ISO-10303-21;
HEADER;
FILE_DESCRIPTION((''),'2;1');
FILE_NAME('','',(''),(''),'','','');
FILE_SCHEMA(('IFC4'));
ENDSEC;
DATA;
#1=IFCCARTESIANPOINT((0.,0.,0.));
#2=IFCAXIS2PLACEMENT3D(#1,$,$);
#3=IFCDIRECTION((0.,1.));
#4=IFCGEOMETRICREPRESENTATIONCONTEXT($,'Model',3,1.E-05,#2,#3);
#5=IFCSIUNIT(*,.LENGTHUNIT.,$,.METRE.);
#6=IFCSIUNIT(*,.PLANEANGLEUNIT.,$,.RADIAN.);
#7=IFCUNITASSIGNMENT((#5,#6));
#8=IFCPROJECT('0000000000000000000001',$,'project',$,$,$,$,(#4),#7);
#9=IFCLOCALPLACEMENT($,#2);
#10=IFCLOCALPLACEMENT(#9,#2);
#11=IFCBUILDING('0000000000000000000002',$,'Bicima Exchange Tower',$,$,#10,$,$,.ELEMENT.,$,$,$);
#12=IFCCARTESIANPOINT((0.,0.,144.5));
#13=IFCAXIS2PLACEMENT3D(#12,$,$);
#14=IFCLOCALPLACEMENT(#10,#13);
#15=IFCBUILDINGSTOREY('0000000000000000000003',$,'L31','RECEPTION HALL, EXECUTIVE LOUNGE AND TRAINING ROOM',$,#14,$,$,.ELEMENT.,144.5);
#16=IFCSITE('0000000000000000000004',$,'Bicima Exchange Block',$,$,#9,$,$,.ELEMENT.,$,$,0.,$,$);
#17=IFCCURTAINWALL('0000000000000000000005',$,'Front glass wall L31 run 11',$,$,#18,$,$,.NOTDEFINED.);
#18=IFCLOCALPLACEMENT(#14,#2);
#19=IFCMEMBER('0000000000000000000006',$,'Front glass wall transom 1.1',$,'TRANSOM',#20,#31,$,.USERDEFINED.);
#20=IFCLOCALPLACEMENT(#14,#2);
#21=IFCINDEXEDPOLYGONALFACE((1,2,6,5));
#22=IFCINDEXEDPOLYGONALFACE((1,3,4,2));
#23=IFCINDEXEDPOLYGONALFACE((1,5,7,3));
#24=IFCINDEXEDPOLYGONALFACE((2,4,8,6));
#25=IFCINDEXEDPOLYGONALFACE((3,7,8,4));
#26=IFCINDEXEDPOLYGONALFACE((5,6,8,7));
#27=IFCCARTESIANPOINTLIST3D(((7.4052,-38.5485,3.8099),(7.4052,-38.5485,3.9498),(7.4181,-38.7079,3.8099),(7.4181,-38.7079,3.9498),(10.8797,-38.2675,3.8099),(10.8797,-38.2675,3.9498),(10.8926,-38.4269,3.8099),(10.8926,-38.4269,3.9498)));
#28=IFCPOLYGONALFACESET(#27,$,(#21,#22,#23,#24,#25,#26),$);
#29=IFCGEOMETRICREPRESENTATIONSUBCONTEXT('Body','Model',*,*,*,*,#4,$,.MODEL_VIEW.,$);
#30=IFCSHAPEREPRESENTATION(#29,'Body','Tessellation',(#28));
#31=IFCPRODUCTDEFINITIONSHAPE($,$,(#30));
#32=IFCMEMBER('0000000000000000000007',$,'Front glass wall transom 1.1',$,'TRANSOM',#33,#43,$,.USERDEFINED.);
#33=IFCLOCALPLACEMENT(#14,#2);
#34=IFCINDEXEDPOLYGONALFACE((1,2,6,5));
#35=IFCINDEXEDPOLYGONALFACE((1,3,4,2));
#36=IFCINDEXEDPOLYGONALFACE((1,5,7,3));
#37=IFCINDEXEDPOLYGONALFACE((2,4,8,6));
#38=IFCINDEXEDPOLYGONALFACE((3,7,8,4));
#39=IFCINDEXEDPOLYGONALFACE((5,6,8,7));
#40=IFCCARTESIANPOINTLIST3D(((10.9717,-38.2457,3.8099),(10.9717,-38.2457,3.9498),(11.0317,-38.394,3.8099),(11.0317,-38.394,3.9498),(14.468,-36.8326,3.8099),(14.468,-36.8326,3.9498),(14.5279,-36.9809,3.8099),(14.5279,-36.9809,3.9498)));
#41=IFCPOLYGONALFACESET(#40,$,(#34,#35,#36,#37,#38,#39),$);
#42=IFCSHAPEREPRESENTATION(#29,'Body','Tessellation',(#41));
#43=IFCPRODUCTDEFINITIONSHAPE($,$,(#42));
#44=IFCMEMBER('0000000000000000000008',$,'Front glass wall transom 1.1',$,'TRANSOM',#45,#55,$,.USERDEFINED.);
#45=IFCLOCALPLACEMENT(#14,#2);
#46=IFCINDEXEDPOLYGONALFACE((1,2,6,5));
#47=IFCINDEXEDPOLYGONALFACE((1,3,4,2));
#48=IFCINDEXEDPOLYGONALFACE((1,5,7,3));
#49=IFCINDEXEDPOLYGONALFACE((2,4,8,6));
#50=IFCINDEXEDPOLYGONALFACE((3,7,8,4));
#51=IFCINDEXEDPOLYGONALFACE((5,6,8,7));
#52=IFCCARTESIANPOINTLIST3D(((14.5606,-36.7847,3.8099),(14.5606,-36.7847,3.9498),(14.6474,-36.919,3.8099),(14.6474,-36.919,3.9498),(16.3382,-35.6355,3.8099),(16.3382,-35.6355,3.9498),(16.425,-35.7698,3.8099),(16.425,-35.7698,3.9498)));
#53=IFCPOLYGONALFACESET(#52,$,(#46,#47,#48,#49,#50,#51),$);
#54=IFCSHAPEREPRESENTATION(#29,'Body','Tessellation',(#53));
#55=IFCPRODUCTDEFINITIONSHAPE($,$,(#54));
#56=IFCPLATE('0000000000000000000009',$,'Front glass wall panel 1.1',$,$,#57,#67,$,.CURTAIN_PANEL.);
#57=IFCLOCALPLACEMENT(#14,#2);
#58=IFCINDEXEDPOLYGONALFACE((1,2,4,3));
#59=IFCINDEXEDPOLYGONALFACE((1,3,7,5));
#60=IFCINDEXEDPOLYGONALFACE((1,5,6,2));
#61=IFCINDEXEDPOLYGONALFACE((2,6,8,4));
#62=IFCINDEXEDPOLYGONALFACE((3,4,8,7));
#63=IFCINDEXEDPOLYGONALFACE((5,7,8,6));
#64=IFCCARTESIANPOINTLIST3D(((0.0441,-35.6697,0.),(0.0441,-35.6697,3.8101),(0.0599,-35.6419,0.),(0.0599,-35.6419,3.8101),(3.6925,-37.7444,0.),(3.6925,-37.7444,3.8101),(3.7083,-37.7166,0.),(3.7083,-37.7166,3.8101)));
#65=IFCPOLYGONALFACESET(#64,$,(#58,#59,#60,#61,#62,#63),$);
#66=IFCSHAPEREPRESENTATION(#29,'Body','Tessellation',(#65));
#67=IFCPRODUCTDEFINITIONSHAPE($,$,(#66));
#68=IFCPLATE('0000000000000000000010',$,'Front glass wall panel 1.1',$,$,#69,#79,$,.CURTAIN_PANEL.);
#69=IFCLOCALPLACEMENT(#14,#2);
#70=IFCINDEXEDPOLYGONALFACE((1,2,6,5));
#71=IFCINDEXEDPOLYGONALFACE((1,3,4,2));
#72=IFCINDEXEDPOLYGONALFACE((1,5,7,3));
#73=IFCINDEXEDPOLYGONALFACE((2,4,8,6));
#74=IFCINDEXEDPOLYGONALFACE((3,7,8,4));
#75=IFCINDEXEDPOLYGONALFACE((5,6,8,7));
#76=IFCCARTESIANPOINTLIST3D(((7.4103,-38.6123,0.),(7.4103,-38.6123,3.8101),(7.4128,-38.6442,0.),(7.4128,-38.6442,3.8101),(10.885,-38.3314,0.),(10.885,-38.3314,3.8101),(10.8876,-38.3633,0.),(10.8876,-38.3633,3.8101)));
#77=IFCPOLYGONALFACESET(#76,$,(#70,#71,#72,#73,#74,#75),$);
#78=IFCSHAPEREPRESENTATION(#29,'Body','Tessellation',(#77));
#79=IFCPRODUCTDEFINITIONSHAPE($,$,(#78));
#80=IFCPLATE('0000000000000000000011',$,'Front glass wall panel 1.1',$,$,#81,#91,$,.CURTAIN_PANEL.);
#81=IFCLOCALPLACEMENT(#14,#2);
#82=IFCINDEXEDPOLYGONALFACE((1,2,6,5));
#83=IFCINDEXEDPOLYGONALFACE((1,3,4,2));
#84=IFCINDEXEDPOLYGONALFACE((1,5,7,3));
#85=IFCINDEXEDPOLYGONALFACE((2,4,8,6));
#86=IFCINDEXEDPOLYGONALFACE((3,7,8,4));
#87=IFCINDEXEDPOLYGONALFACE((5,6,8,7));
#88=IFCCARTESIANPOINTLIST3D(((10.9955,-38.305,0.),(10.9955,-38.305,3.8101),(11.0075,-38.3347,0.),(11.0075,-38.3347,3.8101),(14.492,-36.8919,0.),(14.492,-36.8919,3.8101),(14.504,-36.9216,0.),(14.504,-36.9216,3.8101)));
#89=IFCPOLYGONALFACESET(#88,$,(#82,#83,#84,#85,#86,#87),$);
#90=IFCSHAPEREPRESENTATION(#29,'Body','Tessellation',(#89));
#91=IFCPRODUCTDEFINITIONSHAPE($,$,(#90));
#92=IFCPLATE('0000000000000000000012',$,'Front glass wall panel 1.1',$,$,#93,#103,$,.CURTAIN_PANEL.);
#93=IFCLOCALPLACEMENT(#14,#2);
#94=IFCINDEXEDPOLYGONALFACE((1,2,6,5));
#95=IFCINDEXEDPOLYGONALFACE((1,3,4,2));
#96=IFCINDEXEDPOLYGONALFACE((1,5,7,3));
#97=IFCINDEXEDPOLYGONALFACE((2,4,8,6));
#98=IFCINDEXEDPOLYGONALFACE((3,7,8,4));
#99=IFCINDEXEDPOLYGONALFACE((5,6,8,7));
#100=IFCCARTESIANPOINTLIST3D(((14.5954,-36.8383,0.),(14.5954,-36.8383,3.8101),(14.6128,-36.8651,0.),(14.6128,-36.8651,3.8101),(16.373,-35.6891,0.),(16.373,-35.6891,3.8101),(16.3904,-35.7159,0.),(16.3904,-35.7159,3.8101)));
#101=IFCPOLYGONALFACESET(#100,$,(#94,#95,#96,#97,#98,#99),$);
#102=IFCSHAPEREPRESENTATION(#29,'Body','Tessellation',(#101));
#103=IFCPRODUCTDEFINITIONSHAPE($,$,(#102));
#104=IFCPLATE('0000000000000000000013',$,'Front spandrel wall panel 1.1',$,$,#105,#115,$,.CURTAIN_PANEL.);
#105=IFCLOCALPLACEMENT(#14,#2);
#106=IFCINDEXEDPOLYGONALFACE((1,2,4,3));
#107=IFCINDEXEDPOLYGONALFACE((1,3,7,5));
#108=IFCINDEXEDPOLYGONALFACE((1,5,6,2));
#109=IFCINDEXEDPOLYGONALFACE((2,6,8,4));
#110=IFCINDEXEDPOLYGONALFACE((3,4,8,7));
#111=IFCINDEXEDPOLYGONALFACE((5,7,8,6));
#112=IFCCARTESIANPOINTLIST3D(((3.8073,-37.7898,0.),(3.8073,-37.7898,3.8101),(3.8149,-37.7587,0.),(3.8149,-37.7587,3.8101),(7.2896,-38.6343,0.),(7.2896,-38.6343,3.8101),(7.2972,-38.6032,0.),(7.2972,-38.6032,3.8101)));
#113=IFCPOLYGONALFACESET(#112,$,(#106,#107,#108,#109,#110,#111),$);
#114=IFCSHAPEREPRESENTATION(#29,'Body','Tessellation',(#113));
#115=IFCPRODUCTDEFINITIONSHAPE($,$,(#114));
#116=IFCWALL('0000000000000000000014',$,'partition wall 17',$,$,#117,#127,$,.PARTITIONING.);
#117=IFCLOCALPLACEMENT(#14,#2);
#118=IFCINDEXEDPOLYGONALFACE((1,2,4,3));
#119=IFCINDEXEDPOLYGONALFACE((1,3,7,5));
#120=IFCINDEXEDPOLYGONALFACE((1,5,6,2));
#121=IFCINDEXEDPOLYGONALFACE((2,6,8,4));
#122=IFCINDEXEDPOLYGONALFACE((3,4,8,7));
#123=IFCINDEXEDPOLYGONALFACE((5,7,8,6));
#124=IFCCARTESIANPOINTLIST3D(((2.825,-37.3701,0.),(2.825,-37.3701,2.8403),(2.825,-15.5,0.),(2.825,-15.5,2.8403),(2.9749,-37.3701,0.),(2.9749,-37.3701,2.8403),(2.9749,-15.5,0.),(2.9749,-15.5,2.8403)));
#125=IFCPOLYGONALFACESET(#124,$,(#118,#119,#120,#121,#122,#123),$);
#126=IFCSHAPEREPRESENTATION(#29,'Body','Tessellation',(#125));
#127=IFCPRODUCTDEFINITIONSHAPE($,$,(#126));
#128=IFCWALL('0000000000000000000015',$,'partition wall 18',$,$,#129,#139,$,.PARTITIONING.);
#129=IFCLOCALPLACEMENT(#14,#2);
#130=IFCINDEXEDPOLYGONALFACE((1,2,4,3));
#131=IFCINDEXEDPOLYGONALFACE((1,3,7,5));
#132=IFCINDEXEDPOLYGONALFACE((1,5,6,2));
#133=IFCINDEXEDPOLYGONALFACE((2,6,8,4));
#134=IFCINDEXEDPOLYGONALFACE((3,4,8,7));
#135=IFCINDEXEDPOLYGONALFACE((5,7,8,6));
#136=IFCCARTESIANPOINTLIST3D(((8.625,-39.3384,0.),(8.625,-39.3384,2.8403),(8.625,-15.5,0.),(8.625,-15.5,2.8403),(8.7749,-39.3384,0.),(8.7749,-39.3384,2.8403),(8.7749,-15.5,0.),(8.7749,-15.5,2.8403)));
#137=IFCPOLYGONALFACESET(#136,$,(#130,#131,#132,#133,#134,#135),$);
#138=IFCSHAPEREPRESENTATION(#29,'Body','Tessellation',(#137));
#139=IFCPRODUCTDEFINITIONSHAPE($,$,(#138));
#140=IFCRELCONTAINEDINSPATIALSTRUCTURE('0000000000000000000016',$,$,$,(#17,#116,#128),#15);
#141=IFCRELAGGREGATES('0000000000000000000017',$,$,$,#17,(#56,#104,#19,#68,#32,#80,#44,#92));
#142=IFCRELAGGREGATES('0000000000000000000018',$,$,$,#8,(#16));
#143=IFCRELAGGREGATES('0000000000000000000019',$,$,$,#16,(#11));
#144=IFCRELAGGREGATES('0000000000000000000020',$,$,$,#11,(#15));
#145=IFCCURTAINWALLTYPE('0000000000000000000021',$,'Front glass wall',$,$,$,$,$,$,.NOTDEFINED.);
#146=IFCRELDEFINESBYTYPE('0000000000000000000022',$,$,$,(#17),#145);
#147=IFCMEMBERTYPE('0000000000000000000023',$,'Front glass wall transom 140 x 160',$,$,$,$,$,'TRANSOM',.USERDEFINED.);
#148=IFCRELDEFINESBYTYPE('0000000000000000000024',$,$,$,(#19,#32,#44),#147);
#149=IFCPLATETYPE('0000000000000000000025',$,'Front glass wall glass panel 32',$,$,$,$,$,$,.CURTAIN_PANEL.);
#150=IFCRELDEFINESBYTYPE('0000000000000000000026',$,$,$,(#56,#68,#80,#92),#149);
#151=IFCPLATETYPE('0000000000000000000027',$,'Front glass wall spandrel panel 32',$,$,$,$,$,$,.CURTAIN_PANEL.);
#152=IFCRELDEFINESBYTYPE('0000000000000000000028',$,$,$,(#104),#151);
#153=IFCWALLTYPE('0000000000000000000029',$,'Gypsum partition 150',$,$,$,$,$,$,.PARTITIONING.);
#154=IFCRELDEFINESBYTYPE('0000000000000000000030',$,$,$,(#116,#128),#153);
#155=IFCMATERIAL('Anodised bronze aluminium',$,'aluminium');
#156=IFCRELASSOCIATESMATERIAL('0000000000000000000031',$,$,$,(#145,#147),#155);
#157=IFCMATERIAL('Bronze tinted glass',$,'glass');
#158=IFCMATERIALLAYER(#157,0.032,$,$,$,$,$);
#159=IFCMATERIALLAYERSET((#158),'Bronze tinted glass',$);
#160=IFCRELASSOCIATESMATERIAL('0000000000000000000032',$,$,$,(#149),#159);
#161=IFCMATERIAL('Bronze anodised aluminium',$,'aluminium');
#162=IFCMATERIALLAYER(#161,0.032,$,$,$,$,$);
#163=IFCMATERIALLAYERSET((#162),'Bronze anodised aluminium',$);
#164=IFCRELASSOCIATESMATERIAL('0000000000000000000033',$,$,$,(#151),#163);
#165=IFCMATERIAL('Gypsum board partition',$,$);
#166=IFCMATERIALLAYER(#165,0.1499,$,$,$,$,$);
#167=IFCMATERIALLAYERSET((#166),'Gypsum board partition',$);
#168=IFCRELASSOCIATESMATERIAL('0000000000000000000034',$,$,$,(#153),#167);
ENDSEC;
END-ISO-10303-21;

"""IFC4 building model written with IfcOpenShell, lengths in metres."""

from ifc_helpers import new_model, si_unit, direction, frame, frame_2d, origin, origin_2d, place, context, subcontext, project, spatial, rectangle, extrude, material, layer, layer_set, material_profile, profile_set, type_object, element, aggregate, save


model = new_model("IFC4")

# Units and contexts
model_context = context("Model", 3, precision=1e-05, world=origin(), true_north=direction((0.0, 1.0)))
body_context = subcontext(model_context, "Body", "Model", "MODEL_VIEW")
ifc_project = project(units=[si_unit("LENGTHUNIT", "METRE"), si_unit("PLANEANGLEUNIT", "RADIAN")], contexts=[model_context])

# Site, building, storey
site_placement = place(None, origin())
site = spatial("IfcSite", under=ifc_project, at=site_placement, Name="Bicima Exchange Block", CompositionType="ELEMENT", RefElevation=0.0)
building_placement = place(site_placement, origin())
building = spatial("IfcBuilding", under=site, at=building_placement, Name="Bicima Exchange Tower", CompositionType="ELEMENT")
storey_placement = place(building_placement, frame((0.0, 0.0, 144.5)))
storey = spatial("IfcBuildingStorey", under=building, at=storey_placement, Name="L31", Description="RECEPTION HALL, EXECUTIVE LOUNGE AND TRAINING ROOM", CompositionType="ELEMENT", Elevation=144.5)

# Curtain wall, members, plates
ifc_material_1 = material(Name="Anodised bronze aluminium", Category="aluminium")
curtain_wall_type = type_object("IfcCurtainWallType", Name="Front glass wall", PredefinedType="NOTDEFINED", material=ifc_material_1)
curtain_wall_placement = place(storey_placement, origin())
curtain_wall = element("IfcCurtainWall", 1, at=curtain_wall_placement, inside=storey, type_object=curtain_wall_type, Name="Front glass wall L31 run 11", PredefinedType="NOTDEFINED")
ifc_material_profile_1 = material_profile(ifc_material_1, rectangle(XDim=0.1599, YDim=0.1399, at=origin_2d()))
ifc_profile_set_1 = profile_set([ifc_material_profile_1], Name="Anodised bronze aluminium")
member_type_1 = type_object("IfcMemberType", Name="Front glass wall transom 140 x 160", ElementType="TRANSOM", PredefinedType="USERDEFINED", material=ifc_profile_set_1)
member_1_placement = place(storey_placement, frame((7.4116, -38.6282, 3.8799), z_axis=(0.996746, 0.080611, 0.0), x_axis=(-0.080611, 0.996746, 0.0)))
member_1 = element("IfcMember", 2, at=member_1_placement, type_object=member_type_1, Name="Front glass wall transom 1.1", ObjectType="TRANSOM", PredefinedType="USERDEFINED", context=body_context, shape_type="SweptSolid", body=[
    extrude(rectangle(XDim=0.1599, YDim=0.1399, at=origin_2d()), origin(), (0.0, 0.0, 1.0), 3.4858),
])
member_2_placement = place(storey_placement, frame((11.0017, -38.3198, 3.8799), z_axis=(0.92714, 0.374715, 0.0), x_axis=(-0.374715, 0.92714, 0.0)))
member_2 = element("IfcMember", 3, at=member_2_placement, type_object=member_type_1, Name="Front glass wall transom 1.1", ObjectType="TRANSOM", PredefinedType="USERDEFINED", context=body_context, shape_type="SweptSolid", body=[
    extrude(rectangle(XDim=0.1599, YDim=0.1399, at=origin_2d()), origin(), (0.0, 0.0, 1.0), 3.771),
])
member_3_placement = place(storey_placement, frame((14.604, -36.8518, 3.8799), z_axis=(0.839793, 0.542907, 0.0), x_axis=(-0.542907, 0.839793, 0.0)))
member_3 = element("IfcMember", 4, at=member_3_placement, type_object=member_type_1, Name="Front glass wall transom 1.1", ObjectType="TRANSOM", PredefinedType="USERDEFINED", context=body_context, shape_type="SweptSolid", body=[
    extrude(rectangle(XDim=0.1599, YDim=0.1399, at=origin_2d()), origin(), (0.0, 0.0, 1.0), 2.1167),
])
ifc_material_2 = material(Name="Bronze tinted glass", Category="glass")
ifc_layer_1 = layer(ifc_material_2, 0.032)
ifc_layer_set_1 = layer_set([ifc_layer_1], Name="Bronze tinted glass")
plate_type_1 = type_object("IfcPlateType", Name="Front glass wall glass panel 32", PredefinedType="CURTAIN_PANEL", material=ifc_layer_set_1)
plate_1_placement = place(storey_placement, frame((1.8762, -36.6931, 0.0), z_axis=(0.0, 0.0, 1.0), x_axis=(0.869274, -0.49433, 0.0)))
plate_1 = element("IfcPlate", 5, at=plate_1_placement, type_object=plate_type_1, Name="Front glass wall panel 1.1", PredefinedType="CURTAIN_PANEL", context=body_context, shape_type="SweptSolid", body=[
    extrude(rectangle(XDim=4.197, YDim=0.032, at=origin_2d()), origin(), (0.0, 0.0, 1.0), 3.8101),
])
plate_2_placement = place(storey_placement, frame((9.1489, -38.4878, 0.0), z_axis=(0.0, 0.0, 1.0), x_axis=(0.996747, 0.080589, 0.0)))
plate_2 = element("IfcPlate", 6, at=plate_2_placement, type_object=plate_type_1, Name="Front glass wall panel 1.1", PredefinedType="CURTAIN_PANEL", context=body_context, shape_type="SweptSolid", body=[
    extrude(rectangle(XDim=3.4861, YDim=0.032, at=origin_2d()), origin(), (0.0, 0.0, 1.0), 3.8101),
])
plate_3_placement = place(storey_placement, frame((12.7498, -37.6133, 0.0), z_axis=(0.0, 0.0, 1.0), x_axis=(0.927144, 0.374705, 0.0)))
plate_3 = element("IfcPlate", 7, at=plate_3_placement, type_object=plate_type_1, Name="Front glass wall panel 1.1", PredefinedType="CURTAIN_PANEL", context=body_context, shape_type="SweptSolid", body=[
    extrude(rectangle(XDim=3.7712, YDim=0.032, at=origin_2d()), origin(), (0.0, 0.0, 1.0), 3.8101),
])
plate_4_placement = place(storey_placement, frame((15.4929, -36.2771, 0.0), z_axis=(0.0, 0.0, 1.0), x_axis=(0.839791, 0.542909, 0.0)))
plate_4 = element("IfcPlate", 8, at=plate_4_placement, type_object=plate_type_1, Name="Front glass wall panel 1.1", PredefinedType="CURTAIN_PANEL", context=body_context, shape_type="SweptSolid", body=[
    extrude(rectangle(XDim=2.1167, YDim=0.032, at=origin_2d()), origin(), (0.0, 0.0, 1.0), 3.8101),
])
ifc_material_3 = material(Name="Bronze anodised aluminium", Category="aluminium")
ifc_layer_2 = layer(ifc_material_3, 0.032)
ifc_layer_set_2 = layer_set([ifc_layer_2], Name="Bronze anodised aluminium")
plate_type_2 = type_object("IfcPlateType", Name="Front glass wall spandrel panel 32", PredefinedType="CURTAIN_PANEL", material=ifc_layer_set_2)
plate_5_placement = place(storey_placement, frame((5.5522, -38.1965, 0.0), z_axis=(0.0, 0.0, 1.0), x_axis=(0.97183, -0.235682, 0.0)))
plate_5 = element("IfcPlate", 9, at=plate_5_placement, type_object=plate_type_2, Name="Front spandrel wall panel 1.1", PredefinedType="CURTAIN_PANEL", context=body_context, shape_type="SweptSolid", body=[
    extrude(rectangle(XDim=3.5833, YDim=0.032, at=origin_2d()), origin(), (0.0, 0.0, 1.0), 3.8101),
])
aggregate(curtain_wall, [plate_1, plate_5, member_1, plate_2, member_2, plate_3, member_3, plate_4])

# Walls
ifc_material_4 = material(Name="Gypsum board partition")
ifc_layer_3 = layer(ifc_material_4, 0.1499)
ifc_layer_set_3 = layer_set([ifc_layer_3], Name="Gypsum board partition")
wall_type = type_object("IfcWallType", Name="Gypsum partition 150", PredefinedType="PARTITIONING", material=ifc_layer_set_3)
wall_1_placement = place(storey_placement, frame((2.8999, -37.3701, 0.0), z_axis=(0.0, 0.0, 1.0), x_axis=(0.0, 1.0, 0.0)))
element("IfcWall", 10, at=wall_1_placement, inside=storey, type_object=wall_type, Name="partition wall 17", PredefinedType="PARTITIONING", context=body_context, shape_type="SweptSolid", body=[
    extrude(rectangle(XDim=21.8701, YDim=0.1499, at=frame_2d((10.9351, 0.0))), origin(), (0.0, 0.0, 1.0), 2.8403),
])
wall_2_placement = place(storey_placement, frame((8.7, -39.3384, 0.0), z_axis=(0.0, 0.0, 1.0), x_axis=(0.0, 1.0, 0.0)))
element("IfcWall", 11, at=wall_2_placement, inside=storey, type_object=wall_type, Name="partition wall 18", PredefinedType="PARTITIONING", context=body_context, shape_type="SweptSolid", body=[
    extrude(rectangle(XDim=23.8384, YDim=0.1499, at=frame_2d((11.9192, 0.0))), origin(), (0.0, 0.0, 1.0), 2.8403),
])

save(model, "model.ifc")
